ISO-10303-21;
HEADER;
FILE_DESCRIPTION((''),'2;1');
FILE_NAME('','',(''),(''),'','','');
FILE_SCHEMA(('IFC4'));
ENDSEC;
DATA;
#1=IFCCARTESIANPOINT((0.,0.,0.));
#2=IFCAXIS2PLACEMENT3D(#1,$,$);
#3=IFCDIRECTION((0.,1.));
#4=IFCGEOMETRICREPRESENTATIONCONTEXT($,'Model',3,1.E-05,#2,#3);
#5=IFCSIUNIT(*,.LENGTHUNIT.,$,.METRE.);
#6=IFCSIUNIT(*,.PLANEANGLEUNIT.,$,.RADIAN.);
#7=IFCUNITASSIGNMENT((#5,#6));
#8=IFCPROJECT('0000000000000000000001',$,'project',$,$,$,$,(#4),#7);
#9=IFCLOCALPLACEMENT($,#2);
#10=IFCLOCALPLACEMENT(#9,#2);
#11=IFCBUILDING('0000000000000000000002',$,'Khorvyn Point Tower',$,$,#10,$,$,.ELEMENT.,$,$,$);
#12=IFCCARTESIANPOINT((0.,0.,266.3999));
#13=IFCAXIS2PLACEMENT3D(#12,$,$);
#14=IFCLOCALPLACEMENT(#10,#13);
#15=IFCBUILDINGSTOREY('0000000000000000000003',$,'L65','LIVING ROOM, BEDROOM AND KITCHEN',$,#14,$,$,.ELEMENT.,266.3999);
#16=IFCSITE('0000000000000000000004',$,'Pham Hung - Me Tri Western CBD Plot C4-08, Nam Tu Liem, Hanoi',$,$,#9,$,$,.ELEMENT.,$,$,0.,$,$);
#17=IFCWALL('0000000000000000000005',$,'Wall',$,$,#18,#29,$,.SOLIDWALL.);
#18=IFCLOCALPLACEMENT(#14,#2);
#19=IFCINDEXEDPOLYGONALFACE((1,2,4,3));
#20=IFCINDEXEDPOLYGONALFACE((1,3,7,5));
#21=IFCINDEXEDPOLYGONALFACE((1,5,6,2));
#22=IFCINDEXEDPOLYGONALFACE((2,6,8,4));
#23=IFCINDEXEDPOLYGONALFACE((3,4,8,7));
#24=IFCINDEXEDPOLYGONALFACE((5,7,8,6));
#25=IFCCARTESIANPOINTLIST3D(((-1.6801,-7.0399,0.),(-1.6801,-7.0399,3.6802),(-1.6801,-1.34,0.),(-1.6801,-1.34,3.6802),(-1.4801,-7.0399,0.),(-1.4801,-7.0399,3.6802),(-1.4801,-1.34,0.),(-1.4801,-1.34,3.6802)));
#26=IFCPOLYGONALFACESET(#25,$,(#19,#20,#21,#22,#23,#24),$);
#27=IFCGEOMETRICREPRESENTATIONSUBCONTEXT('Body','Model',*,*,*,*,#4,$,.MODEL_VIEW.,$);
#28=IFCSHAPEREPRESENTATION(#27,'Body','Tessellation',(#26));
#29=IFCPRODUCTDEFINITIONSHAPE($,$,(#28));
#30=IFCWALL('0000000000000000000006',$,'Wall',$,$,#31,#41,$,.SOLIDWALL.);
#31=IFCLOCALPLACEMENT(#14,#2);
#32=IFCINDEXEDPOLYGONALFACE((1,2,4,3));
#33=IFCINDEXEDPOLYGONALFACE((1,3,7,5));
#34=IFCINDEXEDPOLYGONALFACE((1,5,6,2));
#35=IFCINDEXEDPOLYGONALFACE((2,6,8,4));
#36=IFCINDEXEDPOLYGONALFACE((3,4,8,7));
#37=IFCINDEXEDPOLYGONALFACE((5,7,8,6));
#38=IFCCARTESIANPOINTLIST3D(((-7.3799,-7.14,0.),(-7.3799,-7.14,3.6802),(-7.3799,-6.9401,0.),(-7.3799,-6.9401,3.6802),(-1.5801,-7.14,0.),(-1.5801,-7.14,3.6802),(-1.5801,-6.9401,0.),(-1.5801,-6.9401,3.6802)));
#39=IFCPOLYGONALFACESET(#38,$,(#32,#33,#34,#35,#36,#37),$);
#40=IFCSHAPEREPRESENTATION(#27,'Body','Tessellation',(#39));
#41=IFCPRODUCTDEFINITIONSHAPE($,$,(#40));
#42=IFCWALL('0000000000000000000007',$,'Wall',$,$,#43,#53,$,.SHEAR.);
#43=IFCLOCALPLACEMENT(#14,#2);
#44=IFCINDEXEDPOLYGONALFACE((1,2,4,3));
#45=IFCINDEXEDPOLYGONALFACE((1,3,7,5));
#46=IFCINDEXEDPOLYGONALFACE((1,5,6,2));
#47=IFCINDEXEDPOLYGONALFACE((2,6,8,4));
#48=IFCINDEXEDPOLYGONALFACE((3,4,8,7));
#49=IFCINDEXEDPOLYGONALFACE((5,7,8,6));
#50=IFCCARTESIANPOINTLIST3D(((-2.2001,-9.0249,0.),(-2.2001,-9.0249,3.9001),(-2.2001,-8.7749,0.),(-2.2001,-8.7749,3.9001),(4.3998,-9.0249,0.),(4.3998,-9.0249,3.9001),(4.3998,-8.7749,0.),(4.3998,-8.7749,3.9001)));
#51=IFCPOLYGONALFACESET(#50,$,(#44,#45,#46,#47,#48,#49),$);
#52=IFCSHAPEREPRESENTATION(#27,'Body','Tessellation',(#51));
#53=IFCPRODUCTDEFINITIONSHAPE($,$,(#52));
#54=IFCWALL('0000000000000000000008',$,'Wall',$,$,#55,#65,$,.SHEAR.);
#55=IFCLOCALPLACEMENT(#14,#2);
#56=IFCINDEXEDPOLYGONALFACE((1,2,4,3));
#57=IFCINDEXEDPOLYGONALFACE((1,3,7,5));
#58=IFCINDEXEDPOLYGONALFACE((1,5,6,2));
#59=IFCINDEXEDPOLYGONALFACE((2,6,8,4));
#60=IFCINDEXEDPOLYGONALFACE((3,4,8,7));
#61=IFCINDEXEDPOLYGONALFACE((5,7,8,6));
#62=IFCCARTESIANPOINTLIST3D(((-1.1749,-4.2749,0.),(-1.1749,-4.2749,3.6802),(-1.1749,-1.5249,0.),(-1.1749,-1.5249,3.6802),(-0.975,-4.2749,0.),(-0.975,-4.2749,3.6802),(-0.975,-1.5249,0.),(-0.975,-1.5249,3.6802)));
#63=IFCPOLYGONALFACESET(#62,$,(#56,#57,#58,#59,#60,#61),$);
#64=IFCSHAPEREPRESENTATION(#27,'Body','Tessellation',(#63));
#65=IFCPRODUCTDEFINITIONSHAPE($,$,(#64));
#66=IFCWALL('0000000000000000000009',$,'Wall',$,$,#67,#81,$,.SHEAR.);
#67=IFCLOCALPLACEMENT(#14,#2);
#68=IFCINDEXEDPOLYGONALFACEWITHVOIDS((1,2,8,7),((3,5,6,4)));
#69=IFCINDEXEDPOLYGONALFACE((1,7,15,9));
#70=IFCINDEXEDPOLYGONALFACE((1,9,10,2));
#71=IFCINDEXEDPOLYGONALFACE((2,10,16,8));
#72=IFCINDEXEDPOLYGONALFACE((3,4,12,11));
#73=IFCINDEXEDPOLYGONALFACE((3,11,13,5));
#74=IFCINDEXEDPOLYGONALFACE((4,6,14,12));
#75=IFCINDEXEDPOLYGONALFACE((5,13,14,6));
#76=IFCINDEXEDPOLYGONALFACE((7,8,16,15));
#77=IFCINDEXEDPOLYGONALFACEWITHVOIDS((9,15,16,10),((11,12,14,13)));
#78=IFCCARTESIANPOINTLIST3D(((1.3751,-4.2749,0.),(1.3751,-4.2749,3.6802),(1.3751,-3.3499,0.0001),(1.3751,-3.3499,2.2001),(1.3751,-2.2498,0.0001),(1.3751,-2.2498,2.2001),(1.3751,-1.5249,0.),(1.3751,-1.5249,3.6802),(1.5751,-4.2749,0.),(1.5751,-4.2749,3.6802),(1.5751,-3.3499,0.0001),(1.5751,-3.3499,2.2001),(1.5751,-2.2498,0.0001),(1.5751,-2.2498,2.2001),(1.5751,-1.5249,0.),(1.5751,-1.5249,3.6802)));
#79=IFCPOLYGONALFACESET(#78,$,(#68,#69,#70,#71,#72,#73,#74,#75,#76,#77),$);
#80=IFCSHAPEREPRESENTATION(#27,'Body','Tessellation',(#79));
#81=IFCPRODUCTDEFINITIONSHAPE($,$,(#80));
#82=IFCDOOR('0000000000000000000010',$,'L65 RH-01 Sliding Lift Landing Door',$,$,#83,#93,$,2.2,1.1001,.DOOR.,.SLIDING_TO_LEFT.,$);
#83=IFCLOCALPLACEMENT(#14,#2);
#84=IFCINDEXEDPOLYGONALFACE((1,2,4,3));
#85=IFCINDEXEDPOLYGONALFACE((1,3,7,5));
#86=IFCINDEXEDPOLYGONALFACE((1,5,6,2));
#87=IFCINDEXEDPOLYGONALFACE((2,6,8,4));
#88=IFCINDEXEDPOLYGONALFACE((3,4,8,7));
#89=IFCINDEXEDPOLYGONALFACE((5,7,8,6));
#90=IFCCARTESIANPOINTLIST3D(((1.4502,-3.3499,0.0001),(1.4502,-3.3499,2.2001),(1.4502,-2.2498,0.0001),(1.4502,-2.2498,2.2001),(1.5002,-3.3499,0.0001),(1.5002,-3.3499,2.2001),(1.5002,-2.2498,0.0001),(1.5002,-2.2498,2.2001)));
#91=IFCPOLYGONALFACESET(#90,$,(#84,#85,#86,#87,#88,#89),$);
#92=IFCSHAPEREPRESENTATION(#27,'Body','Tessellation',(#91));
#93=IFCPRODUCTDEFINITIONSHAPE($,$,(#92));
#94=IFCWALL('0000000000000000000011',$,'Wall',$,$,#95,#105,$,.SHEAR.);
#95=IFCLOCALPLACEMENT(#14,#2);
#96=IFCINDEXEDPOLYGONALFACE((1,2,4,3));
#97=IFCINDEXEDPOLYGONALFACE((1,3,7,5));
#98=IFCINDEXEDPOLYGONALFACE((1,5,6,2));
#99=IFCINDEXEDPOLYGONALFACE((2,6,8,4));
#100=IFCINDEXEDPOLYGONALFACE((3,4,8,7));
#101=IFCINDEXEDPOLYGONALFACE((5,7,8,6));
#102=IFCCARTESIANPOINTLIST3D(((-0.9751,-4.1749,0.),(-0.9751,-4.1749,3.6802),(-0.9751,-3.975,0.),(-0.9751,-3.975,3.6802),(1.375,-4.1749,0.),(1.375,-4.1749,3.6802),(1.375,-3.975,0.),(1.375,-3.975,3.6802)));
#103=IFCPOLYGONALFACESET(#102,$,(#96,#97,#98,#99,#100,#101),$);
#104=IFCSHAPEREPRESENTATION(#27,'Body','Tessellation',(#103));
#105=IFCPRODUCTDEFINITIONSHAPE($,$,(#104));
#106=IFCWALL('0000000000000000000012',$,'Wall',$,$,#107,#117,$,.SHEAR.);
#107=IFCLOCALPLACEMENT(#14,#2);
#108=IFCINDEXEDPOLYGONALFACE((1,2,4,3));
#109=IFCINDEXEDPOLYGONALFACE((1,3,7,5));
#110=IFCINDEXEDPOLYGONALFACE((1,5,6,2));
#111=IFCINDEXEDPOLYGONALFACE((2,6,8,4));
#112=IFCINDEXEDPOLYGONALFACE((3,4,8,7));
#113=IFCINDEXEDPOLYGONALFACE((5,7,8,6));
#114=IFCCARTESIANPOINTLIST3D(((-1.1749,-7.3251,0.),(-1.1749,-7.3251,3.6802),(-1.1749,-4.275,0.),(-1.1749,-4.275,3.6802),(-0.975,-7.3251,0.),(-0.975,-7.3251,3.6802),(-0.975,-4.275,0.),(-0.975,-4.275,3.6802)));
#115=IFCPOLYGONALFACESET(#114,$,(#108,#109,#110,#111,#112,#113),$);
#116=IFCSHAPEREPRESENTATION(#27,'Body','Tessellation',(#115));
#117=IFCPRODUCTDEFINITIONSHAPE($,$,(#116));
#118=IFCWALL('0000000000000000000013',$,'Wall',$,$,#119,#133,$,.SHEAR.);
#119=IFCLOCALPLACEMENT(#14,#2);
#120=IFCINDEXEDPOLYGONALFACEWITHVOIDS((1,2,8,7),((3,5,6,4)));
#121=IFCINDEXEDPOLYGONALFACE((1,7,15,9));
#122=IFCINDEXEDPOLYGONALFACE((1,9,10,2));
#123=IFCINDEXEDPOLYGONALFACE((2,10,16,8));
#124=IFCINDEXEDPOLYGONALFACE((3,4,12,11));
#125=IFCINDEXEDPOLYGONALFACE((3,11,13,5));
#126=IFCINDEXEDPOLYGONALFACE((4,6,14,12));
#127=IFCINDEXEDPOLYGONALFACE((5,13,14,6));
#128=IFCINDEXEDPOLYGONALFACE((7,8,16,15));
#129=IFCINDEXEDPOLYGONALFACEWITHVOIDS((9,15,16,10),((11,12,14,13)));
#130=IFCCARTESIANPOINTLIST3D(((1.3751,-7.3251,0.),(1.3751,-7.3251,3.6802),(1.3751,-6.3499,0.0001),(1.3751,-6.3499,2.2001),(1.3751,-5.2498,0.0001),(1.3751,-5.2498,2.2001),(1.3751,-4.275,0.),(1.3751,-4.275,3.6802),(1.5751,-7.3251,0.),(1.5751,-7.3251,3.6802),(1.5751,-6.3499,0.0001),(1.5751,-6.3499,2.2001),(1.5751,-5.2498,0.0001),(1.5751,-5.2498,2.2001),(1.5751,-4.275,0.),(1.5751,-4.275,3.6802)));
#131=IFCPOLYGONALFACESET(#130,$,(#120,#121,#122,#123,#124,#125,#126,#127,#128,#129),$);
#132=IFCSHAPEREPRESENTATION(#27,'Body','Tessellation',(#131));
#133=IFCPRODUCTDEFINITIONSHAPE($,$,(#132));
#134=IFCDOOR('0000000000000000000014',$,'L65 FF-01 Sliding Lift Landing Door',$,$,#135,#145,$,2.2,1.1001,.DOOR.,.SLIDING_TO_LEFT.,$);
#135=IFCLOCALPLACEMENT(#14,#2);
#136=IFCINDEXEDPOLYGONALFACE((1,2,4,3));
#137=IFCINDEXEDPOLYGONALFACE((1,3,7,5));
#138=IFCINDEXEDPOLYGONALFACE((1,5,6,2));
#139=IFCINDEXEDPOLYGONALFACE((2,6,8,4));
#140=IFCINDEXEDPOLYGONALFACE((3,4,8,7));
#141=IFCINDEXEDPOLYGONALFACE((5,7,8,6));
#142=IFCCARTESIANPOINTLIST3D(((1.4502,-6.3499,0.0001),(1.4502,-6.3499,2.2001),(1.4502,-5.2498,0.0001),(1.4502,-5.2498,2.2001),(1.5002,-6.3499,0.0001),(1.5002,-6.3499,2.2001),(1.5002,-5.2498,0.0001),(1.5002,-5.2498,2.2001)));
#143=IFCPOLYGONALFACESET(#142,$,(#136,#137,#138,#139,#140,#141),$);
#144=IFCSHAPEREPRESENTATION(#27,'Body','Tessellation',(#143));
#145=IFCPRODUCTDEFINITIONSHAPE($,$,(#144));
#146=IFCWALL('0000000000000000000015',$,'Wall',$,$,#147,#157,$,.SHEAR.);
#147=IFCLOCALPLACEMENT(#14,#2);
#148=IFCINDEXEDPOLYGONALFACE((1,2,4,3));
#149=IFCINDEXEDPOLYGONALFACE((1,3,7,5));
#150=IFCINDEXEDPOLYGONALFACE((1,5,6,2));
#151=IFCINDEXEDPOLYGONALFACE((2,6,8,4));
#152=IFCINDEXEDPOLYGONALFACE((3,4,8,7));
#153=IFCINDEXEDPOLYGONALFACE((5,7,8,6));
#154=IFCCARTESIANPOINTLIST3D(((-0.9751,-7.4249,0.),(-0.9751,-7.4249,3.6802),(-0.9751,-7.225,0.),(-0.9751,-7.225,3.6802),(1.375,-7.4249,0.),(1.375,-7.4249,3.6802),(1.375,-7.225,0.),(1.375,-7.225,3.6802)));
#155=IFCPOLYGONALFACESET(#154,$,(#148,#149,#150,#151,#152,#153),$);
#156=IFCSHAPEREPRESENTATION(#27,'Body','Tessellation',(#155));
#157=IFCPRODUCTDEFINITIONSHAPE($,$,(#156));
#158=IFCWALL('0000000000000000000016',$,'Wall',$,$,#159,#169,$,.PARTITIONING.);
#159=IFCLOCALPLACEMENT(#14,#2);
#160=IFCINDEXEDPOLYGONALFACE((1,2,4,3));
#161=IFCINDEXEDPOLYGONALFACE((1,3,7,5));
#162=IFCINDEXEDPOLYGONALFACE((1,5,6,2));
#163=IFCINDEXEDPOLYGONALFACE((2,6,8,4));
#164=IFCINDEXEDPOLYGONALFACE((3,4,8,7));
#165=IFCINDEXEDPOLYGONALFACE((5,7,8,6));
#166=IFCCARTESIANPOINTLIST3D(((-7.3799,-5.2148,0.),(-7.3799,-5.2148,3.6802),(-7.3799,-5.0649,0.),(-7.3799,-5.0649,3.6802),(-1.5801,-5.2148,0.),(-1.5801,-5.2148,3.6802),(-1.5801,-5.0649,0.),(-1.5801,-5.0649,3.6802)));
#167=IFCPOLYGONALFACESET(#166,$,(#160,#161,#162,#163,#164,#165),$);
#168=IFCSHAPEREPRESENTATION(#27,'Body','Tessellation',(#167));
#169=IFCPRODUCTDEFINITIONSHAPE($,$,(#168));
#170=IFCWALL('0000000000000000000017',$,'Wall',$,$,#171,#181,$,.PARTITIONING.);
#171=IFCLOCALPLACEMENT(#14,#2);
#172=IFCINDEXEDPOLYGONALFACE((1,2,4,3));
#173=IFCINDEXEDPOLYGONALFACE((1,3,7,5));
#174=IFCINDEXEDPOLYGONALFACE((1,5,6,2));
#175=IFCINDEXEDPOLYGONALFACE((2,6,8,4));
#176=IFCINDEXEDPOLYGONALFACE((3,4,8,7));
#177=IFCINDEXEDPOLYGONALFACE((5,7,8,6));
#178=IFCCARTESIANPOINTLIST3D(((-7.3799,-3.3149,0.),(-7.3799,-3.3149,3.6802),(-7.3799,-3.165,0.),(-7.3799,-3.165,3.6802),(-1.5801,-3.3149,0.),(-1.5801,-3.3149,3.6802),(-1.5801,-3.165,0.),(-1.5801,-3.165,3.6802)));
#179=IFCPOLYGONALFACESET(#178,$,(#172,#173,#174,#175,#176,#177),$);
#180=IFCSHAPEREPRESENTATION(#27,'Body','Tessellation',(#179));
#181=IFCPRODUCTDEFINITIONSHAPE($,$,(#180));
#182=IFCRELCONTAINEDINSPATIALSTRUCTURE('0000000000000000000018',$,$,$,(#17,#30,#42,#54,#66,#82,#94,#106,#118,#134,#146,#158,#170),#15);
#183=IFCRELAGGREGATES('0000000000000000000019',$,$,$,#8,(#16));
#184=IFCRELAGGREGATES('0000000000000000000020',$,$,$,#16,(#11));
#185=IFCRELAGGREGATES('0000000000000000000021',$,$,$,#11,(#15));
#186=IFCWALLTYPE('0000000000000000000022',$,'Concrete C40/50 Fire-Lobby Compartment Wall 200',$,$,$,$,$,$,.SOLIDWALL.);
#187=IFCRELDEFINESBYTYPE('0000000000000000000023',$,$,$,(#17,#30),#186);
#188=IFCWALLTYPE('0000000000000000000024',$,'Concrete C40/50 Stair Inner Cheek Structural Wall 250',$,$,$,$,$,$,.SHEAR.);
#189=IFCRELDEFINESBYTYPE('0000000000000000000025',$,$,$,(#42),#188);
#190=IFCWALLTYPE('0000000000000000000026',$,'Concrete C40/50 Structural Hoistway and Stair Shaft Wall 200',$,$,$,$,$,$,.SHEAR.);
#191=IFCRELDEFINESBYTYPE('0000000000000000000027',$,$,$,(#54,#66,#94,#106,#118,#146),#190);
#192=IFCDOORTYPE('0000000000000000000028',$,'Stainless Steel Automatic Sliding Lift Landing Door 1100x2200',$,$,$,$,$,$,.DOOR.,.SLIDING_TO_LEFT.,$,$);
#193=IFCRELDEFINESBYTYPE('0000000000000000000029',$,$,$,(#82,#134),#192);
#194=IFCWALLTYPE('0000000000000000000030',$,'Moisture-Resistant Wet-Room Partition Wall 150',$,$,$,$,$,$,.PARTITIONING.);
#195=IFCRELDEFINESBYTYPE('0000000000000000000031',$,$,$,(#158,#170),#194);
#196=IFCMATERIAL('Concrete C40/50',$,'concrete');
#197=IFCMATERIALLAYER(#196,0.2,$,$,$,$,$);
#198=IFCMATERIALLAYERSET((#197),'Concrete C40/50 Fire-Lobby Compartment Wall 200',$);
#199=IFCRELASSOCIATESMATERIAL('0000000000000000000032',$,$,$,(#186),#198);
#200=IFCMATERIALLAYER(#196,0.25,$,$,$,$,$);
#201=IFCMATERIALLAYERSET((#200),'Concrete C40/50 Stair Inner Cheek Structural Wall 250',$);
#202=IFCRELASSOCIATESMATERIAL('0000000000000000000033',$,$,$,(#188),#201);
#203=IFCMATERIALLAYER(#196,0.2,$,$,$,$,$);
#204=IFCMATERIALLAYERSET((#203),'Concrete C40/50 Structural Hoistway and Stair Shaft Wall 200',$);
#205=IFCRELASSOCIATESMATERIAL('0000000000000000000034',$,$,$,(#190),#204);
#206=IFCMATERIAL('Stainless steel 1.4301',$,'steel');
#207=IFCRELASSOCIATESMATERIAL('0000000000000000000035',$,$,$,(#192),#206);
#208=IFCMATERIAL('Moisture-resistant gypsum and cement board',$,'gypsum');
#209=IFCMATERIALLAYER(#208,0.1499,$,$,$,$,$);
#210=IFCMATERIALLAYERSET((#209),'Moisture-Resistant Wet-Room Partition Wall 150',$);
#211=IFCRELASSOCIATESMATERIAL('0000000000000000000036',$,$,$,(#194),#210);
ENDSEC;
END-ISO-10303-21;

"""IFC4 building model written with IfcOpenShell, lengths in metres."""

from ifc_helpers import new_model, si_unit, direction, frame, frame_2d, origin, place, context, subcontext, project, spatial, rectangle, extrude, material, layer, layer_set, type_object, element, fill, save


model = new_model("IFC4")

# Units and contexts
model_context = context("Model", 3, precision=1e-05, world=origin(), true_north=direction((0.0, 1.0)))
body_context = subcontext(model_context, "Body", "Model", "MODEL_VIEW")
ifc_project = project(units=[si_unit("LENGTHUNIT", "METRE"), si_unit("PLANEANGLEUNIT", "RADIAN")], contexts=[model_context])

# Site, building, storey
site_placement = place(None, origin())
site = spatial("IfcSite", under=ifc_project, at=site_placement, Name="Pham Hung - Me Tri Western CBD Plot C4-08, Nam Tu Liem, Hanoi", CompositionType="ELEMENT", RefElevation=0.0)
building_placement = place(site_placement, origin())
building = spatial("IfcBuilding", under=site, at=building_placement, Name="Khorvyn Point Tower", CompositionType="ELEMENT")
storey_placement = place(building_placement, frame((0.0, 0.0, 266.3999)))
storey = spatial("IfcBuildingStorey", under=building, at=storey_placement, Name="L65", Description="LIVING ROOM, BEDROOM AND KITCHEN", CompositionType="ELEMENT", Elevation=266.3999)

# Shared definitions
ifc_material_1 = material(Name="Concrete C40/50", Category="concrete")

# Shared definitions
ifc_layer_1 = layer(ifc_material_1, 0.2)
ifc_layer_set_1 = layer_set([ifc_layer_1], Name="Concrete C40/50 Fire-Lobby Compartment Wall 200")
wall_type_1 = type_object("IfcWallType", Name="Concrete C40/50 Fire-Lobby Compartment Wall 200", PredefinedType="SOLIDWALL", material=ifc_layer_set_1)

# Walls
wall_1_placement = place(storey_placement, frame((-1.5801, -7.04, 0.0), z_axis=(0.0, 0.0, 1.0), x_axis=(0.0, 1.0, 0.0)))
element("IfcWall", 1, at=wall_1_placement, inside=storey, type_object=wall_type_1, Name="Wall", PredefinedType="SOLIDWALL", context=body_context, shape_type="SweptSolid", body=[
    extrude(rectangle(XDim=5.7, YDim=0.2, at=frame_2d((2.8501, 0.0))), origin(), (0.0, 0.0, 1.0), 3.6802),
])
wall_2_placement = place(storey_placement, frame((-7.3799, -7.04, 0.0), z_axis=(0.0, 0.0, 1.0), x_axis=(1.0, 0.0, 0.0)))
element("IfcWall", 2, at=wall_2_placement, inside=storey, type_object=wall_type_1, Name="Wall", PredefinedType="SOLIDWALL", context=body_context, shape_type="SweptSolid", body=[
    extrude(rectangle(XDim=5.7998, YDim=0.2, at=frame_2d((2.8999, 0.0))), origin(), (0.0, 0.0, 1.0), 3.6802),
])
ifc_layer_2 = layer(ifc_material_1, 0.25)
ifc_layer_set_2 = layer_set([ifc_layer_2], Name="Concrete C40/50 Stair Inner Cheek Structural Wall 250")
wall_type_2 = type_object("IfcWallType", Name="Concrete C40/50 Stair Inner Cheek Structural Wall 250", PredefinedType="SHEAR", material=ifc_layer_set_2)
wall_3_placement = place(storey_placement, frame((-2.2, -8.8999, 0.0), z_axis=(0.0, 0.0, 1.0), x_axis=(1.0, 0.0, 0.0)))
element("IfcWall", 3, at=wall_3_placement, inside=storey, type_object=wall_type_2, Name="Wall", PredefinedType="SHEAR", context=body_context, shape_type="SweptSolid", body=[
    extrude(rectangle(XDim=6.5999, YDim=0.25, at=frame_2d((3.2998, 0.0))), origin(), (0.0, 0.0, 1.0), 3.9001),
])
ifc_layer_3 = layer(ifc_material_1, 0.2)
ifc_layer_set_3 = layer_set([ifc_layer_3], Name="Concrete C40/50 Structural Hoistway and Stair Shaft Wall 200")
wall_type_3 = type_object("IfcWallType", Name="Concrete C40/50 Structural Hoistway and Stair Shaft Wall 200", PredefinedType="SHEAR", material=ifc_layer_set_3)
wall_4_placement = place(storey_placement, frame((-1.075, -4.2749, 0.0), z_axis=(0.0, 0.0, 1.0), x_axis=(0.0, 1.0, 0.0)))
element("IfcWall", 4, at=wall_4_placement, inside=storey, type_object=wall_type_3, Name="Wall", PredefinedType="SHEAR", context=body_context, shape_type="SweptSolid", body=[
    extrude(rectangle(XDim=2.75, YDim=0.2, at=frame_2d((1.375, 0.0))), origin(), (0.0, 0.0, 1.0), 3.6802),
])

# Wall, opening, door
wall_5_placement = place(storey_placement, frame((1.4751, -4.2749, 0.0), z_axis=(0.0, 0.0, 1.0), x_axis=(0.0, 1.0, 0.0)))
wall_5 = element("IfcWall", 5, at=wall_5_placement, inside=storey, type_object=wall_type_3, Name="Wall", PredefinedType="SHEAR", context=body_context, shape_type="SweptSolid", body=[
    extrude(rectangle(XDim=2.75, YDim=0.2, at=frame_2d((1.375, 0.0))), origin(), (0.0, 0.0, 1.0), 3.6802),
])
opening_1_placement = place(wall_5_placement, frame((0.925, 0.0, 0.0)))
opening_1 = element("IfcOpeningElement", 6, at=opening_1_placement, cuts=wall_5, PredefinedType="OPENING", context=body_context, shape_type="SweptSolid", body=[
    extrude(rectangle(XDim=1.1001, YDim=2.2, at=frame_2d((0.55, 1.1001))), frame((0.0, 0.1099, 0.0), z_axis=(0.0, -1.0, 0.0), x_axis=(1.0, 0.0, 0.0)), (0.0, 0.0, 1.0), 0.22),
])
ifc_material_2 = material(Name="Stainless steel 1.4301", Category="steel")
door_type_1 = type_object("IfcDoorType", Name="Stainless Steel Automatic Sliding Lift Landing Door 1100x2200", OperationType="SLIDING_TO_LEFT", PredefinedType="DOOR", material=ifc_material_2)
door_1_placement = place(opening_1_placement, origin())
door_1 = element("IfcDoor", 7, at=door_1_placement, inside=storey, type_object=door_type_1, Name="L65 RH-01 Sliding Lift Landing Door", OperationType="SLIDING_TO_LEFT", OverallHeight=2.2, OverallWidth=1.1001, PredefinedType="DOOR", context=body_context, shape_type="SweptSolid", body=[
    extrude(rectangle(XDim=1.1001, YDim=2.2, at=frame_2d((0.55, 1.1001))), frame((0.0, 0.0249, 0.0), z_axis=(0.0, -1.0, 0.0), x_axis=(1.0, 0.0, 0.0)), (0.0, 0.0, 1.0), 0.05),
])
fill(opening_1, door_1)

# Walls
wall_6_placement = place(storey_placement, frame((-0.9751, -4.075, 0.0), z_axis=(0.0, 0.0, 1.0), x_axis=(1.0, 0.0, 0.0)))
element("IfcWall", 8, at=wall_6_placement, inside=storey, type_object=wall_type_3, Name="Wall", PredefinedType="SHEAR", context=body_context, shape_type="SweptSolid", body=[
    extrude(rectangle(XDim=2.3501, YDim=0.2, at=frame_2d((1.175, 0.0))), origin(), (0.0, 0.0, 1.0), 3.6802),
])
wall_7_placement = place(storey_placement, frame((-1.075, -7.325, 0.0), z_axis=(0.0, 0.0, 1.0), x_axis=(0.0, 1.0, 0.0)))
element("IfcWall", 9, at=wall_7_placement, inside=storey, type_object=wall_type_3, Name="Wall", PredefinedType="SHEAR", context=body_context, shape_type="SweptSolid", body=[
    extrude(rectangle(XDim=3.05, YDim=0.2, at=frame_2d((1.5249, 0.0))), origin(), (0.0, 0.0, 1.0), 3.6802),
])

# Wall, opening, door
wall_8_placement = place(storey_placement, frame((1.4751, -7.325, 0.0), z_axis=(0.0, 0.0, 1.0), x_axis=(0.0, 1.0, 0.0)))
wall_8 = element("IfcWall", 10, at=wall_8_placement, inside=storey, type_object=wall_type_3, Name="Wall", PredefinedType="SHEAR", context=body_context, shape_type="SweptSolid", body=[
    extrude(rectangle(XDim=3.05, YDim=0.2, at=frame_2d((1.5249, 0.0))), origin(), (0.0, 0.0, 1.0), 3.6802),
])
opening_2_placement = place(wall_8_placement, frame((0.9751, 0.0, 0.0)))
opening_2 = element("IfcOpeningElement", 11, at=opening_2_placement, cuts=wall_8, PredefinedType="OPENING", context=body_context, shape_type="SweptSolid", body=[
    extrude(rectangle(XDim=1.1001, YDim=2.2, at=frame_2d((0.55, 1.1001))), frame((0.0, 0.1099, 0.0), z_axis=(0.0, -1.0, 0.0), x_axis=(1.0, 0.0, 0.0)), (0.0, 0.0, 1.0), 0.22),
])
door_2_placement = place(opening_2_placement, origin())
door_2 = element("IfcDoor", 12, at=door_2_placement, inside=storey, type_object=door_type_1, Name="L65 FF-01 Sliding Lift Landing Door", OperationType="SLIDING_TO_LEFT", OverallHeight=2.2, OverallWidth=1.1001, PredefinedType="DOOR", context=body_context, shape_type="SweptSolid", body=[
    extrude(rectangle(XDim=1.1001, YDim=2.2, at=frame_2d((0.55, 1.1001))), frame((0.0, 0.0249, 0.0), z_axis=(0.0, -1.0, 0.0), x_axis=(1.0, 0.0, 0.0)), (0.0, 0.0, 1.0), 0.05),
])
fill(opening_2, door_2)

# Walls
wall_9_placement = place(storey_placement, frame((-0.9751, -7.325, 0.0), z_axis=(0.0, 0.0, 1.0), x_axis=(1.0, 0.0, 0.0)))
element("IfcWall", 13, at=wall_9_placement, inside=storey, type_object=wall_type_3, Name="Wall", PredefinedType="SHEAR", context=body_context, shape_type="SweptSolid", body=[
    extrude(rectangle(XDim=2.3501, YDim=0.2, at=frame_2d((1.175, 0.0))), origin(), (0.0, 0.0, 1.0), 3.6802),
])
ifc_material_3 = material(Name="Moisture-resistant gypsum and cement board", Category="gypsum")
ifc_layer_4 = layer(ifc_material_3, 0.1499)
ifc_layer_set_4 = layer_set([ifc_layer_4], Name="Moisture-Resistant Wet-Room Partition Wall 150")
wall_type_4 = type_object("IfcWallType", Name="Moisture-Resistant Wet-Room Partition Wall 150", PredefinedType="PARTITIONING", material=ifc_layer_set_4)
for number, where, z_axis, x_axis, name in (
    (14, (-7.3799, -5.1399, 0.0), (0.0, 0.0, 1.0), (1.0, 0.0, 0.0), "Wall"),
    (15, (-7.3799, -3.24, 0.0), (0.0, 0.0, 1.0), (1.0, 0.0, 0.0), "Wall"),
):
    element("IfcWall", number, at=place(storey_placement, frame(where, z_axis=z_axis, x_axis=x_axis)), inside=storey, type_object=wall_type_4, Name=name, PredefinedType="PARTITIONING", context=body_context, shape_type="SweptSolid", body=[
        extrude(rectangle(XDim=5.7998, YDim=0.1499, at=frame_2d((2.8999, 0.0))), origin(), (0.0, 0.0, 1.0), 3.6802),
    ])

save(model, "model.ifc")
